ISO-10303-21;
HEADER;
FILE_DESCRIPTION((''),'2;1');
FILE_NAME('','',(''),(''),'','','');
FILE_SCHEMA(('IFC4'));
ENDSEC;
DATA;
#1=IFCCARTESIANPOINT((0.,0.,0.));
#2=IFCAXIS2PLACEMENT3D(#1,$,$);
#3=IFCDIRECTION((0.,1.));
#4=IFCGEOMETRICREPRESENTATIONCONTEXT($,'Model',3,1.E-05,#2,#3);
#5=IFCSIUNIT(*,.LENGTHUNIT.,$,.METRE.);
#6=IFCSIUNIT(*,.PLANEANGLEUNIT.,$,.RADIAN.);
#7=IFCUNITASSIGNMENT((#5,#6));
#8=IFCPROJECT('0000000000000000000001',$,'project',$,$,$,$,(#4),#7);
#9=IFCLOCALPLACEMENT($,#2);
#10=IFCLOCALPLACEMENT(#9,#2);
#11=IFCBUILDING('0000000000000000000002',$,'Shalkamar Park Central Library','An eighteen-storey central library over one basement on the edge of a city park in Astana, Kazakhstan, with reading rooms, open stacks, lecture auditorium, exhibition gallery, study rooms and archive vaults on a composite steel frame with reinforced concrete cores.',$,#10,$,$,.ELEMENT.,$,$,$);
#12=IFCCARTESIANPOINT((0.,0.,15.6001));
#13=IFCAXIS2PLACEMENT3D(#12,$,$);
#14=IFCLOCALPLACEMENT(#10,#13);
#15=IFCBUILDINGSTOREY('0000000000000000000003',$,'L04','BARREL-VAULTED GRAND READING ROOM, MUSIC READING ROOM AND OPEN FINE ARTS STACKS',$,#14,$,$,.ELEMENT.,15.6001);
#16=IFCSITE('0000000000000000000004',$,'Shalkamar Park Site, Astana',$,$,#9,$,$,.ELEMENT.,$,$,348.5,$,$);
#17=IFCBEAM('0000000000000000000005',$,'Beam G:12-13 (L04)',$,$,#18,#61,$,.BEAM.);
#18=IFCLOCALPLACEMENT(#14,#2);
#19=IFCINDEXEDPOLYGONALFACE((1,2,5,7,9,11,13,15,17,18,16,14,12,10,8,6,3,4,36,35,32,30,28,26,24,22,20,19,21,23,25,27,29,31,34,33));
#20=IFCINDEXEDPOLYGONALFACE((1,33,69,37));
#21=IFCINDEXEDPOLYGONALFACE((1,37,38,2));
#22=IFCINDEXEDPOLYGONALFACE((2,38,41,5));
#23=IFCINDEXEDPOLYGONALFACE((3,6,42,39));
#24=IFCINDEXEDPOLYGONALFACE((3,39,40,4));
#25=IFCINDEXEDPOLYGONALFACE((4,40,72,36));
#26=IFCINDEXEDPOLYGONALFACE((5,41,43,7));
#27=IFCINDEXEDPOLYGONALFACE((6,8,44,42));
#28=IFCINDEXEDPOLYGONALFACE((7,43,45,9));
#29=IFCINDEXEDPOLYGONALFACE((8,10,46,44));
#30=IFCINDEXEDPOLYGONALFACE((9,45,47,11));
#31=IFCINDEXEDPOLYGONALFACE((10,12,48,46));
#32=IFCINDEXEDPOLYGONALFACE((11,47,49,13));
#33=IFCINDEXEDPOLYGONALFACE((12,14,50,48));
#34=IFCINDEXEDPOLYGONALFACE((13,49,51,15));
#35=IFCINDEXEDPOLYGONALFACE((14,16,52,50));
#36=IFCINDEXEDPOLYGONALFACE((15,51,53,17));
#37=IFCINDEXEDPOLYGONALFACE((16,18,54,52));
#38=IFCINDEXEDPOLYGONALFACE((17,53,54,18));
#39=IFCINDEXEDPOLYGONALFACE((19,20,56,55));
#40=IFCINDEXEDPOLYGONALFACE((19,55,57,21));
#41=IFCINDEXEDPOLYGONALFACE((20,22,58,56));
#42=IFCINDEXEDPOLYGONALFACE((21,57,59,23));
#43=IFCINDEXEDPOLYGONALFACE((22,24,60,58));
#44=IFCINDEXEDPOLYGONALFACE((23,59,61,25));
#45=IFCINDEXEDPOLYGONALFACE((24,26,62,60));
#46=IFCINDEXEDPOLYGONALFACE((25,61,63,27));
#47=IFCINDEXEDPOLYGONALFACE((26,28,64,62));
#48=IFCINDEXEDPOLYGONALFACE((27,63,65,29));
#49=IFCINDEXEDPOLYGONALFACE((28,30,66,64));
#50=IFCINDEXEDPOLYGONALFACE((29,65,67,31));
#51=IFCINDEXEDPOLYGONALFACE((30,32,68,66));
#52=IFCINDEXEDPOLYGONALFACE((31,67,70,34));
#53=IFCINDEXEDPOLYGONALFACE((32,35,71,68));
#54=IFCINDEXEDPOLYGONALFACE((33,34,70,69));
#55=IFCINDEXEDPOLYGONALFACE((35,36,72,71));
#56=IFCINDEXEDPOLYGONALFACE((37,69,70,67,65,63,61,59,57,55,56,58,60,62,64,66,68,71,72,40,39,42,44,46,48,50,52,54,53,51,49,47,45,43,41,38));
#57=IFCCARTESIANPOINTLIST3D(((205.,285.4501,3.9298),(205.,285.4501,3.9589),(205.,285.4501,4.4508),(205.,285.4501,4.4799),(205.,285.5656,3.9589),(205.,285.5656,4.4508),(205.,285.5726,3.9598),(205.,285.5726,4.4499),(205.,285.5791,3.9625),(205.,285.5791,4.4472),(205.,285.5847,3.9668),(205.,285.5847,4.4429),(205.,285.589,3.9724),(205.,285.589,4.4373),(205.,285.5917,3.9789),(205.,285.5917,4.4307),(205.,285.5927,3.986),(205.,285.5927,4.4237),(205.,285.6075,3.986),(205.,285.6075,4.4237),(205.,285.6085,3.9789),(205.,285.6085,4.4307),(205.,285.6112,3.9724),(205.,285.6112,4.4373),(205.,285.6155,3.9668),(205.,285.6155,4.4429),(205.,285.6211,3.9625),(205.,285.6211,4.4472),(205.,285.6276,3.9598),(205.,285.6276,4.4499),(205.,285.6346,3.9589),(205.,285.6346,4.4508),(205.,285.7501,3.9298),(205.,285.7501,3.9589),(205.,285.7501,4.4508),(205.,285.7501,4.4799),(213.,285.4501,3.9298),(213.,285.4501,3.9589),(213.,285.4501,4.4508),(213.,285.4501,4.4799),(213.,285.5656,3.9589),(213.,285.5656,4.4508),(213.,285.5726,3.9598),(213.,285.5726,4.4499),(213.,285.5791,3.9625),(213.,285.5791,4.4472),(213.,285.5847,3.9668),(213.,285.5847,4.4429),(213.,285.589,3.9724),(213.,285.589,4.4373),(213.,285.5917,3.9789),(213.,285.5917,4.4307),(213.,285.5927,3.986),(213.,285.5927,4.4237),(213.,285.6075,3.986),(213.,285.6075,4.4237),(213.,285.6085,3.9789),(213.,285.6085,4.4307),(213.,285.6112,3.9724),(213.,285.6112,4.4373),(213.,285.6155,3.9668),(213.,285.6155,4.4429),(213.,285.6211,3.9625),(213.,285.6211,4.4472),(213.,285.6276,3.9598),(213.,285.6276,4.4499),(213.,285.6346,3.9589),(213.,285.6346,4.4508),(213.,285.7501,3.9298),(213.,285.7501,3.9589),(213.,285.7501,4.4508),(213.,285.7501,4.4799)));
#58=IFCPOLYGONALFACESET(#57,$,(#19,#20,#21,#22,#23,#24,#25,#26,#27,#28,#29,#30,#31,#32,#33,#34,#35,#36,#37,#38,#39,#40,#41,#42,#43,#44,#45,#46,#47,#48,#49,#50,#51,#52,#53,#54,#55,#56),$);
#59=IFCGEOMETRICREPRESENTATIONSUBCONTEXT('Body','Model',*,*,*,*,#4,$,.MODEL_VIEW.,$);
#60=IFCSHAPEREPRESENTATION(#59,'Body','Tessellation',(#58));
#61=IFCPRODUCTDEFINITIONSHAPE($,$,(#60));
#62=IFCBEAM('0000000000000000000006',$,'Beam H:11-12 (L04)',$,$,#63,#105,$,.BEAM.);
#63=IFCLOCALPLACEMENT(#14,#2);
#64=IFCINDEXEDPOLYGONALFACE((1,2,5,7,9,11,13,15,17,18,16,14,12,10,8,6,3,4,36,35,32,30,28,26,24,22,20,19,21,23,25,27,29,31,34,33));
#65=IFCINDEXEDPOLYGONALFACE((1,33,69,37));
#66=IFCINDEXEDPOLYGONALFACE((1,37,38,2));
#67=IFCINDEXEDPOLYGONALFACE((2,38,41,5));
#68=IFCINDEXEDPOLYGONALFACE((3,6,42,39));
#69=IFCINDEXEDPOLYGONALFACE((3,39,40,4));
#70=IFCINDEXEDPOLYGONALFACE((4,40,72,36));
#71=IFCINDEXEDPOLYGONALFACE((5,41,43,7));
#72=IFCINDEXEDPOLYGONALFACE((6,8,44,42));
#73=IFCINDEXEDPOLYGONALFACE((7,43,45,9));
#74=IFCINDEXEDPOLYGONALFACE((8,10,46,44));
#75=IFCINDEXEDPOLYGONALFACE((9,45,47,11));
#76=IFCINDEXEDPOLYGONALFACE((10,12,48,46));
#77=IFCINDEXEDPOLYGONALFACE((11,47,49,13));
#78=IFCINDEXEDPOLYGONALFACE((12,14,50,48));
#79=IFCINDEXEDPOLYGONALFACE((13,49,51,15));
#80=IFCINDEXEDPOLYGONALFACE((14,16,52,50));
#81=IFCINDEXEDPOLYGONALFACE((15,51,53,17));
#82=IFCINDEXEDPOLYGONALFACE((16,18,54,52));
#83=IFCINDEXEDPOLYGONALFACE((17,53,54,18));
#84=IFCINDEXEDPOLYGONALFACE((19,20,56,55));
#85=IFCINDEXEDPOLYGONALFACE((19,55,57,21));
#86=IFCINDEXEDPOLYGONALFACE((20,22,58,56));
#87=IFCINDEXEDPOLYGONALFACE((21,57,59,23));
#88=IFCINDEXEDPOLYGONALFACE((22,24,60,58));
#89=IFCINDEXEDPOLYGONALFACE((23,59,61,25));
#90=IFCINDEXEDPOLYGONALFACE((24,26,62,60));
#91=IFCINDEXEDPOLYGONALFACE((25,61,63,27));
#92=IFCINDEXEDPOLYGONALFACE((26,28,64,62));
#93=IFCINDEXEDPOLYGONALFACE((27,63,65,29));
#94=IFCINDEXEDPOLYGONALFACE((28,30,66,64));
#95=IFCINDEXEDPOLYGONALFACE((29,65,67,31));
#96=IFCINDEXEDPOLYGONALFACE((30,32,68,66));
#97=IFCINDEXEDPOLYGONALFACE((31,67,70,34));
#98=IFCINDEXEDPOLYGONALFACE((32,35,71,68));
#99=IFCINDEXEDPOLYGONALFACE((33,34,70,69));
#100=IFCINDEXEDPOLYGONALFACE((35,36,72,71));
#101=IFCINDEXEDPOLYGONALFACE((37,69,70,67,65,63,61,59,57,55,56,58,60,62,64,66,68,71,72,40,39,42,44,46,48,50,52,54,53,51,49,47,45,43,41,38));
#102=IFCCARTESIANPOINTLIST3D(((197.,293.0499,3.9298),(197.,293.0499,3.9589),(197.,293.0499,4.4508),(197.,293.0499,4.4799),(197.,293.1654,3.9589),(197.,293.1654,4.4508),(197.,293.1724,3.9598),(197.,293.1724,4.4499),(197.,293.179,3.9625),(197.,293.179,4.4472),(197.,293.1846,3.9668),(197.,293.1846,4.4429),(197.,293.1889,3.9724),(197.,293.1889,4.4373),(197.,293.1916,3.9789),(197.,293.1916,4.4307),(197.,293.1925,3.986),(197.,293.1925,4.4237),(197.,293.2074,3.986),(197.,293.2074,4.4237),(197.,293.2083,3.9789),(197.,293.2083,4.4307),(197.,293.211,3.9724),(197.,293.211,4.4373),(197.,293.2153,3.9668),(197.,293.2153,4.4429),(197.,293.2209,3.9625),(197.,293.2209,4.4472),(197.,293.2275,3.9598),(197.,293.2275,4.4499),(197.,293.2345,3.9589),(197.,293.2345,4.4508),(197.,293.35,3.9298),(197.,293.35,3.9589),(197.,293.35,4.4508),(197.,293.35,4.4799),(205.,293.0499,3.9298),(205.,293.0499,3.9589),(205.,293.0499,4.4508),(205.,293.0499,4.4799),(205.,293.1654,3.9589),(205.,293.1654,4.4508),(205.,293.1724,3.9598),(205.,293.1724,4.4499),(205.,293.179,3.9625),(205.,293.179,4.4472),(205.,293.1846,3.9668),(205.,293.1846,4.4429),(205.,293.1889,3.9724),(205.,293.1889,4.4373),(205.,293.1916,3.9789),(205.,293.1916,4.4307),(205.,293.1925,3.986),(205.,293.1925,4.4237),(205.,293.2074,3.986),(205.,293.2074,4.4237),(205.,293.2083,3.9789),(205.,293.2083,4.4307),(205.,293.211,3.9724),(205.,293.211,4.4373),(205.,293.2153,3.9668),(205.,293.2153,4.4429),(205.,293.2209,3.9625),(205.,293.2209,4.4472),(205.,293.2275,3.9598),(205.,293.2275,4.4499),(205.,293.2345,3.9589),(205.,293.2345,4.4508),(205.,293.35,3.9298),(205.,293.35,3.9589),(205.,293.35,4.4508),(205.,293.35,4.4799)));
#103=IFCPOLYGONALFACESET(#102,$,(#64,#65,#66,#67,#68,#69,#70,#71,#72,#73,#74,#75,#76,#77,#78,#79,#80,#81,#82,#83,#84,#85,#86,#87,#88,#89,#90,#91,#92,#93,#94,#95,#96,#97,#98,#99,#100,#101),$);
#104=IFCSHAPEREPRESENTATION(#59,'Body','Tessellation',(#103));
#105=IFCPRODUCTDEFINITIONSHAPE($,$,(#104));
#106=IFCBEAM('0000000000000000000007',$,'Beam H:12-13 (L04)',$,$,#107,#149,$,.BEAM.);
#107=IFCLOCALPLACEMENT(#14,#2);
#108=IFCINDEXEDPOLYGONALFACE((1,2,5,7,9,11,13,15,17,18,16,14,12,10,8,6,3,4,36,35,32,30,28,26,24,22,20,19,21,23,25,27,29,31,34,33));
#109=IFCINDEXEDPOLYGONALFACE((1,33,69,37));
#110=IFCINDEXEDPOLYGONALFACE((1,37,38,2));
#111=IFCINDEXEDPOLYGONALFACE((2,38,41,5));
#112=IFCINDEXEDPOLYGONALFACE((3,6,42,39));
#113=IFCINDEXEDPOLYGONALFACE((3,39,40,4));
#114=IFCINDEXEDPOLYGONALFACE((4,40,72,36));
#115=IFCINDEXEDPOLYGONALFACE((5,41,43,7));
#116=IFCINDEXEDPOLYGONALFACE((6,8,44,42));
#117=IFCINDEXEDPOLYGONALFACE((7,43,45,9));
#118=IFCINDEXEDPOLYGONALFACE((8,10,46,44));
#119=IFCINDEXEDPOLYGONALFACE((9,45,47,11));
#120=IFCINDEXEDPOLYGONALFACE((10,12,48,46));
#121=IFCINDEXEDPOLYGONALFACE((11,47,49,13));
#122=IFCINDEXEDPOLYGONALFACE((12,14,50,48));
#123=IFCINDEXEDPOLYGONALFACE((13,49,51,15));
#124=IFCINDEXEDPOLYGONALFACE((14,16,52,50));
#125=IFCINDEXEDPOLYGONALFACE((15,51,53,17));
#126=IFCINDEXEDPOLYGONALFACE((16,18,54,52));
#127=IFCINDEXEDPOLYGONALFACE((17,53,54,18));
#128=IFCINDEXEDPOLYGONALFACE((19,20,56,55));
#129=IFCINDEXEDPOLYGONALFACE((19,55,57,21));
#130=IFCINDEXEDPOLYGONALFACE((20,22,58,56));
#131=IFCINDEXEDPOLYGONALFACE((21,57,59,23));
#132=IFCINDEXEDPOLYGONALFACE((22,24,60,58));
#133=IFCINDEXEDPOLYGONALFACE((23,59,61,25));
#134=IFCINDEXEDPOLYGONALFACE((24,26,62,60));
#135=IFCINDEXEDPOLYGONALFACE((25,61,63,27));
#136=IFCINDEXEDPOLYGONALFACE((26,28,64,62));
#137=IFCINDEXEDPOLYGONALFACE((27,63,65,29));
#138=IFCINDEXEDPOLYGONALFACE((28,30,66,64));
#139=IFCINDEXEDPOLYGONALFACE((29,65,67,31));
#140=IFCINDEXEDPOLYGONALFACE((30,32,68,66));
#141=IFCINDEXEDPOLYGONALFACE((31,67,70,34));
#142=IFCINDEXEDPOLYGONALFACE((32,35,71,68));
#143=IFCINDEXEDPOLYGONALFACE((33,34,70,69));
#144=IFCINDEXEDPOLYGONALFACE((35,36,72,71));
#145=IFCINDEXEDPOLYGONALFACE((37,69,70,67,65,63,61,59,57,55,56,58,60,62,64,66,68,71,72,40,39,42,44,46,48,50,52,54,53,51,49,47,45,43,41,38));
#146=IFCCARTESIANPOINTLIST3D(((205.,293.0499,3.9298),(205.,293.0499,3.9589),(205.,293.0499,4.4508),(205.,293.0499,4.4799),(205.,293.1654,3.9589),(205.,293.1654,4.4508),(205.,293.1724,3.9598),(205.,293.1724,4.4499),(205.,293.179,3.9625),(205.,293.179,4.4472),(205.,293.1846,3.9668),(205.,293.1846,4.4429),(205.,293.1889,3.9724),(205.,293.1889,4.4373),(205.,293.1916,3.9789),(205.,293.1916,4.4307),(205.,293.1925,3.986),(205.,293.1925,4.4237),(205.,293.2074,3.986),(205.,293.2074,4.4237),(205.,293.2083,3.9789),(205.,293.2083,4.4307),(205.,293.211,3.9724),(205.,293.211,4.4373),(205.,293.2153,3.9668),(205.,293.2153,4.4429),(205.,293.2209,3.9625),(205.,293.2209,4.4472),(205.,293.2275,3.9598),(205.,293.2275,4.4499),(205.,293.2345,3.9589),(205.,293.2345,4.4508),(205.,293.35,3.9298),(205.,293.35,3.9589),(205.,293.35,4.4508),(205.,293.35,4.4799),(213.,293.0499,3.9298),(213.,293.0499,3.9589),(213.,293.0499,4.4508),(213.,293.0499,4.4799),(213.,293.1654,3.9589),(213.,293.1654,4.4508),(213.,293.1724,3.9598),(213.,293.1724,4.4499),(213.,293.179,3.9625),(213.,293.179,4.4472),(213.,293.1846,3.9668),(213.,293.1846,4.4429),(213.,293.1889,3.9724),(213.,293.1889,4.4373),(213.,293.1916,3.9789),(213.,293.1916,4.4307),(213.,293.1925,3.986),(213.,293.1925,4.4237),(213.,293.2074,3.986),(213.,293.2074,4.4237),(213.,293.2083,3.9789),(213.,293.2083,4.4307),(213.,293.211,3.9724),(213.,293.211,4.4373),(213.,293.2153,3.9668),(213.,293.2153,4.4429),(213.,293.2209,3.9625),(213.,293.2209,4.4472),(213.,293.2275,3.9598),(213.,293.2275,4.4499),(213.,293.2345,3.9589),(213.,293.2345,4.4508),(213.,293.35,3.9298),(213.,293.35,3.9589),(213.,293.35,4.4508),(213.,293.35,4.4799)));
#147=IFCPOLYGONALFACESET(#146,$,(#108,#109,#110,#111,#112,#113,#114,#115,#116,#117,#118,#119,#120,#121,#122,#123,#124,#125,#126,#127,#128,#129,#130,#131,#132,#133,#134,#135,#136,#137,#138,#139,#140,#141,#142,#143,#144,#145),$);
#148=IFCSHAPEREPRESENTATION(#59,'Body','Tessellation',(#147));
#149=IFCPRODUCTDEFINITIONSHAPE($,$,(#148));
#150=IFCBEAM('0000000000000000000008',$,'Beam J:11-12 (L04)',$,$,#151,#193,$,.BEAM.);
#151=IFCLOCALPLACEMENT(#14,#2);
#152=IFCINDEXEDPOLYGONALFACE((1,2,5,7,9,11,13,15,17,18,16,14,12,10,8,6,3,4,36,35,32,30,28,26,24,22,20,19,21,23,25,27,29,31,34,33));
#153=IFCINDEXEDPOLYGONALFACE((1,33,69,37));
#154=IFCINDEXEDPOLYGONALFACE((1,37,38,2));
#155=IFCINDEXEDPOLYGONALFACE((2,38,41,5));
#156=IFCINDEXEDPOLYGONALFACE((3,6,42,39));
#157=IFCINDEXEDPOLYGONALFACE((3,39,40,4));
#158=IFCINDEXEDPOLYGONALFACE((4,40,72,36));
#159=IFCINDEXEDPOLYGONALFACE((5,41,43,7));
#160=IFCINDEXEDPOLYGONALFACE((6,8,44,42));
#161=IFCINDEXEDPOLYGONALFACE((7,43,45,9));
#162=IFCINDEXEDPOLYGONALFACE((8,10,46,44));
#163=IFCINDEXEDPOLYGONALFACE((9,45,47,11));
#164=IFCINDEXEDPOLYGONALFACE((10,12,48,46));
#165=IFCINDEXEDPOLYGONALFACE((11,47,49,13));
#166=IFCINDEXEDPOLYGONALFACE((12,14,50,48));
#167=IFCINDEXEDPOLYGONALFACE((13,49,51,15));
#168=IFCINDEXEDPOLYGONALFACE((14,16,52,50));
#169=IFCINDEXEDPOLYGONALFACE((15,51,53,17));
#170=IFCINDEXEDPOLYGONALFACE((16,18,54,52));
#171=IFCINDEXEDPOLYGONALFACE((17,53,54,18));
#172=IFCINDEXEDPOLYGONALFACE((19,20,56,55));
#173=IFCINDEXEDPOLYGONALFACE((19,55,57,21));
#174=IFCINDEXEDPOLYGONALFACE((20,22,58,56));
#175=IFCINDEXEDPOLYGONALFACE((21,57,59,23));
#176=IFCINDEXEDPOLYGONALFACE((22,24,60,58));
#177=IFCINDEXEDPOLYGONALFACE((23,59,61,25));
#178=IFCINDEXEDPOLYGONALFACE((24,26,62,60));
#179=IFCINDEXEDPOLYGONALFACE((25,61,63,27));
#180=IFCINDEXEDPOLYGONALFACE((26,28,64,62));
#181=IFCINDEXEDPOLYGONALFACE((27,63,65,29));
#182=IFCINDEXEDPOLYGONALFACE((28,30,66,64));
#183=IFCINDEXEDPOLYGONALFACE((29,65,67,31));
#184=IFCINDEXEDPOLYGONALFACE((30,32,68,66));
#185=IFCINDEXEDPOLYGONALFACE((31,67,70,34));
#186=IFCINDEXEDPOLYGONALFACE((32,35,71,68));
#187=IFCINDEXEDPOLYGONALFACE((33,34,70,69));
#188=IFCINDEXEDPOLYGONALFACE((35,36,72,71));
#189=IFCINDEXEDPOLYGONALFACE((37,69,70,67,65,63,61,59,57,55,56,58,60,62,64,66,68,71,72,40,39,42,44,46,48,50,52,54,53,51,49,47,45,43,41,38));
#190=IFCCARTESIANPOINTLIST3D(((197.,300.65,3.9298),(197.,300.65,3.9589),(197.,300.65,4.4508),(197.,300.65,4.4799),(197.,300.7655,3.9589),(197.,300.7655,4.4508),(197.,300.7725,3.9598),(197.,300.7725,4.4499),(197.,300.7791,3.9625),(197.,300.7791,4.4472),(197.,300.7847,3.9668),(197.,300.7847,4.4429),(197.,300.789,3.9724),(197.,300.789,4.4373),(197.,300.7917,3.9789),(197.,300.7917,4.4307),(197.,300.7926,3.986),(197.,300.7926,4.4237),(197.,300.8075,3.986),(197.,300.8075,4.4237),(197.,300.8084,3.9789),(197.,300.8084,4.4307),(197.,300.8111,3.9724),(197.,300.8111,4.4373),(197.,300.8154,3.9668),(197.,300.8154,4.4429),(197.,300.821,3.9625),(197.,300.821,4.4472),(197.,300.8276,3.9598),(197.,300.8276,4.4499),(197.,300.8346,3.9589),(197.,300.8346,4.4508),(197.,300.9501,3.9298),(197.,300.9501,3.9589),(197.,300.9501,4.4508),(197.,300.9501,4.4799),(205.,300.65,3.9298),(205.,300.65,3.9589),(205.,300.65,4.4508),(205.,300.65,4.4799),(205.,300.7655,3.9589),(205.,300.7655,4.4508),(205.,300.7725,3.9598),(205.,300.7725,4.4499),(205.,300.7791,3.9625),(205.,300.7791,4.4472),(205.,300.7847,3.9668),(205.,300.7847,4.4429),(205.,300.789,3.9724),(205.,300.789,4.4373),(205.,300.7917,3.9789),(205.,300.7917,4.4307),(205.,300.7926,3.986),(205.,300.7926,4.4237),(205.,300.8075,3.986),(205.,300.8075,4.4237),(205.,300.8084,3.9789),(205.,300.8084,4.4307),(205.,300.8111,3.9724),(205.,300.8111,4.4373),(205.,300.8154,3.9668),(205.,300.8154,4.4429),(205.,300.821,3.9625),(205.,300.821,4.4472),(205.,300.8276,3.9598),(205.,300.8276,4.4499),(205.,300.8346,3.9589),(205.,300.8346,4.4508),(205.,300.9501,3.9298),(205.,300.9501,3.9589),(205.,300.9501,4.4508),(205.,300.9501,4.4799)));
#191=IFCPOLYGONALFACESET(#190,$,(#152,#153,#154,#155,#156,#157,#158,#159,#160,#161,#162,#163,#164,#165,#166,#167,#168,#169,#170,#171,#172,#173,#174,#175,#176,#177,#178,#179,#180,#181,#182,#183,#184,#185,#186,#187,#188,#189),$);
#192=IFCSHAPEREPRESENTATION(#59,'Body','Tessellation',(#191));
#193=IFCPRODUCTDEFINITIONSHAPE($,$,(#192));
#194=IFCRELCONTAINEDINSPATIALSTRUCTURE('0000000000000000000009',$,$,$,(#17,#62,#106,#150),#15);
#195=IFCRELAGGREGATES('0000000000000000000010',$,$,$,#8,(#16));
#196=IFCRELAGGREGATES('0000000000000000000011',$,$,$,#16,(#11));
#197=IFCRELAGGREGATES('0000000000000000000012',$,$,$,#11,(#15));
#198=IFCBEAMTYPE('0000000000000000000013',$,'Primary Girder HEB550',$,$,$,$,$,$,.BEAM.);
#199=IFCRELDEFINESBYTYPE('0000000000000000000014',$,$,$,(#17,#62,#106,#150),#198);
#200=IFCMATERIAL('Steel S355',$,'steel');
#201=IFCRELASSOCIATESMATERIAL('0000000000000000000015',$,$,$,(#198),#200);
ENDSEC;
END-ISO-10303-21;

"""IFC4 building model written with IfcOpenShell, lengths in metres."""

from ifc_helpers import new_model, si_unit, direction, frame, origin, origin_2d, place, context, subcontext, project, spatial, i_section, extrude, material, material_profile, profile_set, type_object, element, save


model = new_model("IFC4")

# Units and contexts
model_context = context("Model", 3, precision=1e-05, world=origin(), true_north=direction((0.0, 1.0)))
body_context = subcontext(model_context, "Body", "Model", "MODEL_VIEW")
ifc_project = project(units=[si_unit("LENGTHUNIT", "METRE"), si_unit("PLANEANGLEUNIT", "RADIAN")], contexts=[model_context])

# Site, building, storey
site_placement = place(None, origin())
site = spatial("IfcSite", under=ifc_project, at=site_placement, Name="Shalkamar Park Site, Astana", CompositionType="ELEMENT", RefElevation=348.5)
building_placement = place(site_placement, origin())
building = spatial("IfcBuilding", under=site, at=building_placement, Name="Shalkamar Park Central Library", Description="An eighteen-storey central library over one basement on the edge of a city park in Astana, Kazakhstan, with reading rooms, open stacks, lecture auditorium, exhibition gallery, study rooms and archive vaults on a composite steel frame with reinforced concrete cores.", CompositionType="ELEMENT")
storey_placement = place(building_placement, frame((0.0, 0.0, 15.6001)))
storey = spatial("IfcBuildingStorey", under=building, at=storey_placement, Name="L04", Description="BARREL-VAULTED GRAND READING ROOM, MUSIC READING ROOM AND OPEN FINE ARTS STACKS", CompositionType="ELEMENT", Elevation=15.6001)

# Shared definitions
ifc_material_1 = material(Name="Steel S355", Category="steel")

# Beams
ifc_material_profile_1 = material_profile(ifc_material_1, i_section(OverallWidth=0.3, OverallDepth=0.55, WebThickness=0.0149, FlangeThickness=0.0291, FilletRadius=0.0271, at=origin_2d()), Name="HEB 550")
ifc_profile_set_1 = profile_set([ifc_material_profile_1], Name="Steel S355")
beam_type_1 = type_object("IfcBeamType", Name="Primary Girder HEB550", PredefinedType="BEAM", material=ifc_profile_set_1)
for number, where, z_axis, x_axis, name in (
    (1, (205.0, 285.6001, 4.2048), (1.0, 0.0, 0.0), (0.0, 1.0, 0.0), "Beam G:12-13 (L04)"),
    (2, (197.0, 293.2, 4.2048), (1.0, 0.0, 0.0), (0.0, 1.0, 0.0), "Beam H:11-12 (L04)"),
    (3, (205.0, 293.2, 4.2048), (1.0, 0.0, 0.0), (0.0, 1.0, 0.0), "Beam H:12-13 (L04)"),
    (4, (197.0, 300.8, 4.2048), (1.0, 0.0, 0.0), (0.0, 1.0, 0.0), "Beam J:11-12 (L04)"),
):
    element("IfcBeam", number, at=place(storey_placement, frame(where, z_axis=z_axis, x_axis=x_axis)), inside=storey, type_object=beam_type_1, Name=name, PredefinedType="BEAM", context=body_context, shape_type="SweptSolid", body=[
        extrude(i_section(OverallWidth=0.3, OverallDepth=0.55, WebThickness=0.0149, FlangeThickness=0.0291, FilletRadius=0.0271, at=origin_2d()), origin(), (0.0, 0.0, 1.0), 8.0),
    ])

save(model, "model.ifc")
